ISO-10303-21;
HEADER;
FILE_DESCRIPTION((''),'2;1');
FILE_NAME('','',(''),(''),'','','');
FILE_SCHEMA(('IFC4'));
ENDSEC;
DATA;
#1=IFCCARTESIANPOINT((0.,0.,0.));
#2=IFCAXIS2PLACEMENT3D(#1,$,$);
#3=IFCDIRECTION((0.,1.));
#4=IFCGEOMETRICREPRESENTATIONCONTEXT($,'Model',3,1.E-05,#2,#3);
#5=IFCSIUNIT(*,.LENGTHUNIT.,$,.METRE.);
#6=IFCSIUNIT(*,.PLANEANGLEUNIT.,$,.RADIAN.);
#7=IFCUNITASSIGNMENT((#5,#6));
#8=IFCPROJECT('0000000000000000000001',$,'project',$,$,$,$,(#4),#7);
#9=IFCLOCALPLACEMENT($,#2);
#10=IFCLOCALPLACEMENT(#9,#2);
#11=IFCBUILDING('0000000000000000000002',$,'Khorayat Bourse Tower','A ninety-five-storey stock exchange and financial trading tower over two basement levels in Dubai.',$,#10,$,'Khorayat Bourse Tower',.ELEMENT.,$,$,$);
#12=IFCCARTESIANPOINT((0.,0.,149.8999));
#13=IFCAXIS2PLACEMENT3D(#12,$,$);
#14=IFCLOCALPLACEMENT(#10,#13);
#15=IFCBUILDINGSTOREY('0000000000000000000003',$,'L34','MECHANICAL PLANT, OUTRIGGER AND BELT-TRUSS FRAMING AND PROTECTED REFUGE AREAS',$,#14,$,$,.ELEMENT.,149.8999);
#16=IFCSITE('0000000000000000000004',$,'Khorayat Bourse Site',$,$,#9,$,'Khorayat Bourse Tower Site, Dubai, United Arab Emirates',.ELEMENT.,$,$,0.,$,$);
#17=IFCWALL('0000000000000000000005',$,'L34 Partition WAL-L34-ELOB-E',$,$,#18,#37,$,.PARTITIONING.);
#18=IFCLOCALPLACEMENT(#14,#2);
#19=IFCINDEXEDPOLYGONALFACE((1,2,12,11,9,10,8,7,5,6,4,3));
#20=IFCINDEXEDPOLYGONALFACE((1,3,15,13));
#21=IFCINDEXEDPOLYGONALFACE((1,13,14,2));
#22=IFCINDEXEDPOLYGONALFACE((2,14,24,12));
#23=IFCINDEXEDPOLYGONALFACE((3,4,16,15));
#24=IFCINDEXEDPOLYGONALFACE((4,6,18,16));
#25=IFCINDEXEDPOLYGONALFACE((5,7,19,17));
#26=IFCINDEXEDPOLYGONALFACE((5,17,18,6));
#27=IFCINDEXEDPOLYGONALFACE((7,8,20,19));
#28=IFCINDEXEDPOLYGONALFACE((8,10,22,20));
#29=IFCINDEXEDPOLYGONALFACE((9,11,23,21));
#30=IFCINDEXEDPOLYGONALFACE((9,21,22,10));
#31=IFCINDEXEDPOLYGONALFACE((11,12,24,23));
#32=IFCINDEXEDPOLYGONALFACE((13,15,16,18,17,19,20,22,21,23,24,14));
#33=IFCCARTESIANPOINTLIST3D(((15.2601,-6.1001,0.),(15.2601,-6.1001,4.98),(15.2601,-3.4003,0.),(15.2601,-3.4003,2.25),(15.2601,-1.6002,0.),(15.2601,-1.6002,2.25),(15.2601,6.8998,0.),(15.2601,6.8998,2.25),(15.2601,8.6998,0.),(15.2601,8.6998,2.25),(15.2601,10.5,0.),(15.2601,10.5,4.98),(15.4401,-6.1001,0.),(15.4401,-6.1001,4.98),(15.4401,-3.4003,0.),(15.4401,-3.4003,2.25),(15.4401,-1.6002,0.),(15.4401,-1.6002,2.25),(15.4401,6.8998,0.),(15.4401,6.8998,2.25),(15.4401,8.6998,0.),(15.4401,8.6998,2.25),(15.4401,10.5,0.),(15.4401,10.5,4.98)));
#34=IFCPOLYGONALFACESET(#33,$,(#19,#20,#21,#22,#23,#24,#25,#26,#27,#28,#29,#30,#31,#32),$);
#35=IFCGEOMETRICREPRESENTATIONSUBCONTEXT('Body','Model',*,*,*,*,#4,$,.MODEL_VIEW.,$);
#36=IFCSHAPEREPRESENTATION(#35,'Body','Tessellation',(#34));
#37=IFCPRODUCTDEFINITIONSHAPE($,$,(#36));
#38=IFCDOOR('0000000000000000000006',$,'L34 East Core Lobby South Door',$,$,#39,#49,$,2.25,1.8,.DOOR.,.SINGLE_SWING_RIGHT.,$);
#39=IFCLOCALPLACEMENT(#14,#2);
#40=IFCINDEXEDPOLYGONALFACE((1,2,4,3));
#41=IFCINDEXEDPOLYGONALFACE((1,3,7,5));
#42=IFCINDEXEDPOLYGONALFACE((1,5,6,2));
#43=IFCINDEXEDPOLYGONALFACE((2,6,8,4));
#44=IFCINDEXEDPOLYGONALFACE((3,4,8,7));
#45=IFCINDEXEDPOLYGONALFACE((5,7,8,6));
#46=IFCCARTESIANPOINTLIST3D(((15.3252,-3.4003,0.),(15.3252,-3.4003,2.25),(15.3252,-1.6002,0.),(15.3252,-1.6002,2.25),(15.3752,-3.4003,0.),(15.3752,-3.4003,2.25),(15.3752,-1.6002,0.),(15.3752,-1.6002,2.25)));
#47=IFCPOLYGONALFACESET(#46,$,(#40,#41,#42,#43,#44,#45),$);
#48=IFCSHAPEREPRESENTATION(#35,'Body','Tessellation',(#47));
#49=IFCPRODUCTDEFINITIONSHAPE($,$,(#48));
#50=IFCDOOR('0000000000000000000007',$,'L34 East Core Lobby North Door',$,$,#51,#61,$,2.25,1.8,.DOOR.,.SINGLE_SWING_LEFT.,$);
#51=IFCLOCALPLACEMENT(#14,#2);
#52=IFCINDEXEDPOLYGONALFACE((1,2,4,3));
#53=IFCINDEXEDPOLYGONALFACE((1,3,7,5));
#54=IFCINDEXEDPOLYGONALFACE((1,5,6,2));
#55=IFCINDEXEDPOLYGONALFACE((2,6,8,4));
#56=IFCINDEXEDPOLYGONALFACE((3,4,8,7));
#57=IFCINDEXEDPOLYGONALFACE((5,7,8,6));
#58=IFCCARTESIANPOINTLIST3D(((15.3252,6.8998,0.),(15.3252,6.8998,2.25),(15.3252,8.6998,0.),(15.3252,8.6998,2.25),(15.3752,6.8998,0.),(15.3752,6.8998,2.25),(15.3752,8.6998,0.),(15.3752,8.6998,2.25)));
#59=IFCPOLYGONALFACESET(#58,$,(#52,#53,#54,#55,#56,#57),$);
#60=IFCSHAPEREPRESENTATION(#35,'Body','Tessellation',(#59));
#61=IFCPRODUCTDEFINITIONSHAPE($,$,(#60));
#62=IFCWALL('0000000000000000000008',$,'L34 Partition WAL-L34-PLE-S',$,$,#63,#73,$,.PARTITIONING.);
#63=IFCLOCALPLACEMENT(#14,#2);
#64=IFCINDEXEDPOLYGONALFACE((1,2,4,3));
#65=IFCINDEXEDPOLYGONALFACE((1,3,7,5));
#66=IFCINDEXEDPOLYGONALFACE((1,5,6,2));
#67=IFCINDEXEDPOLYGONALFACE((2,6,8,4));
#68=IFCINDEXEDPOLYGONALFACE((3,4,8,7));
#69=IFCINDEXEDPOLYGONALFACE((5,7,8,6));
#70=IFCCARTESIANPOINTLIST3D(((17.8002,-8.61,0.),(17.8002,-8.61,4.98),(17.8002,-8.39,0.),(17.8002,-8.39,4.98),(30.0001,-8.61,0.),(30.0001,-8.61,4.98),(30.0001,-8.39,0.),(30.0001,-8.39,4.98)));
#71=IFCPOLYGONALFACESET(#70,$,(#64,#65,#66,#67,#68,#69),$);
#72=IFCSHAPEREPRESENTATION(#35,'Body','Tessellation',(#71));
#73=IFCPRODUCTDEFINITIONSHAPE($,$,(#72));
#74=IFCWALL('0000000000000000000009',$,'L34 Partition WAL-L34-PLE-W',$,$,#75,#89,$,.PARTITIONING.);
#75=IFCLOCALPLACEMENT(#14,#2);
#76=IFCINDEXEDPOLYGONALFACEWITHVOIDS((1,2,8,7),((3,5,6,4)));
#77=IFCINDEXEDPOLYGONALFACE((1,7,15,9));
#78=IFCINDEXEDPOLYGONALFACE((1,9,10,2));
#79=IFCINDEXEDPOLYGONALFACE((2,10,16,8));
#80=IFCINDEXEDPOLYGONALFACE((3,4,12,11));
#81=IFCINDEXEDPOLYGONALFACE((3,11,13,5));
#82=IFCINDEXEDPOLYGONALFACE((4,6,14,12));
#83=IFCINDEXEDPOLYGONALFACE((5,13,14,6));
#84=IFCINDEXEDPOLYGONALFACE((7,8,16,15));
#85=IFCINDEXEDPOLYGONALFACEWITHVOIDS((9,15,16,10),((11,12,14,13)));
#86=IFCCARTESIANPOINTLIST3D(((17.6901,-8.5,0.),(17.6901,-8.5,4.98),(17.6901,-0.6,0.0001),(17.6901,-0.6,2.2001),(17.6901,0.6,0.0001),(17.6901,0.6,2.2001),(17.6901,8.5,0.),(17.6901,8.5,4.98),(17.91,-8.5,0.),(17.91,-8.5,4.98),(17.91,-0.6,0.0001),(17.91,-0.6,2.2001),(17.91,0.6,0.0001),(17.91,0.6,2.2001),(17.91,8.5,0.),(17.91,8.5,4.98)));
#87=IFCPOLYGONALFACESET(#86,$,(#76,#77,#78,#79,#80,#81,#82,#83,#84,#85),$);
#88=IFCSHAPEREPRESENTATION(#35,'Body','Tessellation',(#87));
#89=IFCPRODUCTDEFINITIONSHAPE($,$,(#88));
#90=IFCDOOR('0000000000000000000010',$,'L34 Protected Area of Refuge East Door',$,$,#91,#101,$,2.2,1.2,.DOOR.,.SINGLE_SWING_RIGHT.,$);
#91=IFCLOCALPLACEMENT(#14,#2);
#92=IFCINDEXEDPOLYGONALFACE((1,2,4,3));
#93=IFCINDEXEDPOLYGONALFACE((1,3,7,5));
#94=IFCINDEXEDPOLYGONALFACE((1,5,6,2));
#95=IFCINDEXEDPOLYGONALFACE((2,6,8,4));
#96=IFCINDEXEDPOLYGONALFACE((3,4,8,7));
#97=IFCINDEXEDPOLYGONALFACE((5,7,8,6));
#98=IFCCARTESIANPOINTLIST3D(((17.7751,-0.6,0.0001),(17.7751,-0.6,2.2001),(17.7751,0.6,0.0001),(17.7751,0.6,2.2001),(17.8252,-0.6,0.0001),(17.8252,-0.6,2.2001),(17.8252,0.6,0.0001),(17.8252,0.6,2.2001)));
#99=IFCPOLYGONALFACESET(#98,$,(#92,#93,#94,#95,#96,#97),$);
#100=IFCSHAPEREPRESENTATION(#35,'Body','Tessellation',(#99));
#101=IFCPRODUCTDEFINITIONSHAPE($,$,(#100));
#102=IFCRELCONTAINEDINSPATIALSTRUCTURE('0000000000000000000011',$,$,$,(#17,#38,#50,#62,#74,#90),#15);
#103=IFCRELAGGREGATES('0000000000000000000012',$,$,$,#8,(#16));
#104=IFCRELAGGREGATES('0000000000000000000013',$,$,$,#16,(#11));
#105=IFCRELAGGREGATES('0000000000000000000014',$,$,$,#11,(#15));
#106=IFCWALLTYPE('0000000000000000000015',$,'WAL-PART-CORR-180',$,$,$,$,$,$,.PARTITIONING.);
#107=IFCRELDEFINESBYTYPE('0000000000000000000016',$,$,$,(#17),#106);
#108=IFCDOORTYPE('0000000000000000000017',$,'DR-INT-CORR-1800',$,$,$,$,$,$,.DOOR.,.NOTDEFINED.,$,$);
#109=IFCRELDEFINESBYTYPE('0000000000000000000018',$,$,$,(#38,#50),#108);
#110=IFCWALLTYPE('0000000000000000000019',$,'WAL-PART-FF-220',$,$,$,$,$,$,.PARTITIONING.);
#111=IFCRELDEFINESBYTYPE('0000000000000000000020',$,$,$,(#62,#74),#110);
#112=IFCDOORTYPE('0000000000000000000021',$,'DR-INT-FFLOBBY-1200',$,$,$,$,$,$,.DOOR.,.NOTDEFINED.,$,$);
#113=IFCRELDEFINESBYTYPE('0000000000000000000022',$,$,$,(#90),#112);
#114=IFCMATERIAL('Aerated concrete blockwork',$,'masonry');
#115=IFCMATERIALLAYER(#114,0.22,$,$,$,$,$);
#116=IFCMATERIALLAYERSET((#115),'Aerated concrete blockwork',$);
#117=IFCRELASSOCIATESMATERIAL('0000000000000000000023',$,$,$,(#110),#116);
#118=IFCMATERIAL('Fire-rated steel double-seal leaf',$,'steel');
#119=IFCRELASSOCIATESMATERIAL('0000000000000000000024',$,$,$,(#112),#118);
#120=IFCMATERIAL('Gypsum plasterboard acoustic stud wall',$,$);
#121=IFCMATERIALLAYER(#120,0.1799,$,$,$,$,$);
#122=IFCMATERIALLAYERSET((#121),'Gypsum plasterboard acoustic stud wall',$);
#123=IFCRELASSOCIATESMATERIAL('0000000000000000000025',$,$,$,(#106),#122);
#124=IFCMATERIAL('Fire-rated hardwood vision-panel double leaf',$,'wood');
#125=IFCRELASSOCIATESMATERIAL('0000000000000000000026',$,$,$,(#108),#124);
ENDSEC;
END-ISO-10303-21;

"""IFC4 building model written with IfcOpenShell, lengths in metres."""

from ifc_helpers import new_model, si_unit, direction, frame, frame_2d, origin, place, context, subcontext, project, spatial, rectangle, extrude, source, transform, mapped, material, layer, layer_set, type_object, element, fill, save


model = new_model("IFC4")

# Units and contexts
model_context = context("Model", 3, precision=1e-05, world=origin(), true_north=direction((0.0, 1.0)))
body_context = subcontext(model_context, "Body", "Model", "MODEL_VIEW")
ifc_project = project(units=[si_unit("LENGTHUNIT", "METRE"), si_unit("PLANEANGLEUNIT", "RADIAN")], contexts=[model_context])

# Site, building, storey
site_placement = place(None, origin())
site = spatial("IfcSite", under=ifc_project, at=site_placement, Name="Khorayat Bourse Site", LongName="Khorayat Bourse Tower Site, Dubai, United Arab Emirates", CompositionType="ELEMENT", RefElevation=0.0)
building_placement = place(site_placement, origin())
building = spatial("IfcBuilding", under=site, at=building_placement, Name="Khorayat Bourse Tower", Description="A ninety-five-storey stock exchange and financial trading tower over two basement levels in Dubai.", LongName="Khorayat Bourse Tower", CompositionType="ELEMENT")
storey_placement = place(building_placement, frame((0.0, 0.0, 149.8999)))
storey = spatial("IfcBuildingStorey", under=building, at=storey_placement, Name="L34", Description="MECHANICAL PLANT, OUTRIGGER AND BELT-TRUSS FRAMING AND PROTECTED REFUGE AREAS", CompositionType="ELEMENT", Elevation=149.8999)

# Shared definitions
ifc_material_1 = material(Name="Aerated concrete blockwork", Category="masonry")
ifc_layer_1 = layer(ifc_material_1, 0.22)
ifc_layer_set_1 = layer_set([ifc_layer_1], Name="Aerated concrete blockwork")
wall_type_1 = type_object("IfcWallType", Name="WAL-PART-FF-220", PredefinedType="PARTITIONING", material=ifc_layer_set_1)

# Shared definitions
shared_shape_1 = source(origin(), body_context, "Body", "SweptSolid", [
    extrude(rectangle(XDim=1.2, YDim=2.2, at=frame_2d((0.6001, 1.1001))), frame((0.0, 0.1199, 0.0), z_axis=(0.0, -1.0, 0.0), x_axis=(1.0, 0.0, 0.0)), (0.0, 0.0, 1.0), 0.24),
])
ifc_material_2 = material(Name="Fire-rated steel double-seal leaf", Category="steel")
door_type_1 = type_object("IfcDoorType", Name="DR-INT-FFLOBBY-1200", OperationType="NOTDEFINED", PredefinedType="DOOR", material=ifc_material_2)
shared_shape_2 = source(origin(), body_context, "Body", "SweptSolid", [
    extrude(rectangle(XDim=1.2, YDim=2.2, at=frame_2d((0.6001, 1.1001))), frame((0.0, 0.0249, 0.0), z_axis=(0.0, -1.0, 0.0), x_axis=(1.0, 0.0, 0.0)), (0.0, 0.0, 1.0), 0.05),
])

# Wall, openings, doors
ifc_material_3 = material(Name="Gypsum plasterboard acoustic stud wall")
ifc_layer_2 = layer(ifc_material_3, 0.1799)
ifc_layer_set_2 = layer_set([ifc_layer_2], Name="Gypsum plasterboard acoustic stud wall")
wall_type_2 = type_object("IfcWallType", Name="WAL-PART-CORR-180", PredefinedType="PARTITIONING", material=ifc_layer_set_2)
shared_shape_3 = source(origin(), body_context, "Body", "SweptSolid", [
    extrude(rectangle(XDim=16.6001, YDim=0.1799, at=frame_2d((8.3, 0.0))), origin(), (0.0, 0.0, 1.0), 4.98),
])
wall_1_placement = place(storey_placement, frame((15.3501, -6.1001, 0.0), z_axis=(0.0, 0.0, 1.0), x_axis=(0.0, 1.0, 0.0)))
wall_1 = element("IfcWall", 1, at=wall_1_placement, inside=storey, type_object=wall_type_2, Name="L34 Partition WAL-L34-ELOB-E", PredefinedType="PARTITIONING", context=body_context, shape_type="MappedRepresentation", body=[
    mapped(shared_shape_3, transform((0.0, 0.0, 0.0), scale=1.0)),
])
shared_shape_4 = source(origin(), body_context, "Body", "SweptSolid", [
    extrude(rectangle(XDim=1.8, YDim=2.25, at=frame_2d((0.8999, 1.125))), frame((0.0, 0.0999, 0.0), z_axis=(0.0, -1.0, 0.0), x_axis=(1.0, 0.0, 0.0)), (0.0, 0.0, 1.0), 0.2),
])
opening_1_placement = place(wall_1_placement, frame((2.7, 0.0, 0.0)))
opening_1 = element("IfcOpeningElement", 2, at=opening_1_placement, cuts=wall_1, PredefinedType="OPENING", context=body_context, shape_type="MappedRepresentation", body=[
    mapped(shared_shape_4, transform((0.0, 0.0, 0.0), scale=1.0)),
])
opening_2_placement = place(wall_1_placement, frame((13.0, 0.0, 0.0)))
opening_2 = element("IfcOpeningElement", 3, at=opening_2_placement, cuts=wall_1, PredefinedType="OPENING", context=body_context, shape_type="MappedRepresentation", body=[
    mapped(shared_shape_4, transform((0.0, 0.0, 0.0), scale=1.0)),
])
ifc_material_4 = material(Name="Fire-rated hardwood vision-panel double leaf", Category="wood")
door_type_2 = type_object("IfcDoorType", Name="DR-INT-CORR-1800", OperationType="NOTDEFINED", PredefinedType="DOOR", material=ifc_material_4)
shared_shape_5 = source(origin(), body_context, "Body", "SweptSolid", [
    extrude(rectangle(XDim=1.8, YDim=2.25, at=frame_2d((0.8999, 1.125))), frame((0.0, 0.0249, 0.0), z_axis=(0.0, -1.0, 0.0), x_axis=(1.0, 0.0, 0.0)), (0.0, 0.0, 1.0), 0.05),
])
door_1_placement = place(opening_1_placement, origin())
door_1 = element("IfcDoor", 4, at=door_1_placement, inside=storey, type_object=door_type_2, Name="L34 East Core Lobby South Door", OperationType="SINGLE_SWING_RIGHT", OverallHeight=2.25, OverallWidth=1.8, PredefinedType="DOOR", context=body_context, shape_type="MappedRepresentation", body=[
    mapped(shared_shape_5, transform((0.0, 0.0, 0.0), scale=1.0)),
])
fill(opening_1, door_1)
door_2_placement = place(opening_2_placement, origin())
door_2 = element("IfcDoor", 5, at=door_2_placement, inside=storey, type_object=door_type_2, Name="L34 East Core Lobby North Door", OperationType="SINGLE_SWING_LEFT", OverallHeight=2.25, OverallWidth=1.8, PredefinedType="DOOR", context=body_context, shape_type="MappedRepresentation", body=[
    mapped(shared_shape_5, transform((0.0, 0.0, 0.0), scale=1.0)),
])
fill(opening_2, door_2)

# Wall
shared_shape_6 = source(origin(), body_context, "Body", "SweptSolid", [
    extrude(rectangle(XDim=12.2, YDim=0.22, at=frame_2d((6.1001, 0.0))), origin(), (0.0, 0.0, 1.0), 4.98),
])
wall_2_placement = place(storey_placement, frame((17.8, -8.5, 0.0), z_axis=(0.0, 0.0, 1.0), x_axis=(1.0, 0.0, 0.0)))
element("IfcWall", 6, at=wall_2_placement, inside=storey, type_object=wall_type_1, Name="L34 Partition WAL-L34-PLE-S", PredefinedType="PARTITIONING", context=body_context, shape_type="MappedRepresentation", body=[
    mapped(shared_shape_6, transform((0.0, 0.0, 0.0), scale=1.0)),
])

# Wall, opening, door
shared_shape_7 = source(origin(), body_context, "Body", "SweptSolid", [
    extrude(rectangle(XDim=17.0, YDim=0.22, at=frame_2d((8.5, 0.0))), origin(), (0.0, 0.0, 1.0), 4.98),
])
wall_3_placement = place(storey_placement, frame((17.8, -8.5, 0.0), z_axis=(0.0, 0.0, 1.0), x_axis=(0.0, 1.0, 0.0)))
wall_3 = element("IfcWall", 7, at=wall_3_placement, inside=storey, type_object=wall_type_1, Name="L34 Partition WAL-L34-PLE-W", PredefinedType="PARTITIONING", context=body_context, shape_type="MappedRepresentation", body=[
    mapped(shared_shape_7, transform((0.0, 0.0, 0.0), scale=1.0)),
])
opening_3_placement = place(wall_3_placement, frame((7.8999, 0.0, 0.0)))
opening_3 = element("IfcOpeningElement", 8, at=opening_3_placement, cuts=wall_3, PredefinedType="OPENING", context=body_context, shape_type="MappedRepresentation", body=[
    mapped(shared_shape_1, transform((0.0, 0.0, 0.0), scale=1.0)),
])
door_3_placement = place(opening_3_placement, origin())
door_3 = element("IfcDoor", 9, at=door_3_placement, inside=storey, type_object=door_type_1, Name="L34 Protected Area of Refuge East Door", OperationType="SINGLE_SWING_RIGHT", OverallHeight=2.2, OverallWidth=1.2, PredefinedType="DOOR", context=body_context, shape_type="MappedRepresentation", body=[
    mapped(shared_shape_2, transform((0.0, 0.0, 0.0), scale=1.0)),
])
fill(opening_3, door_3)

save(model, "model.ifc")
